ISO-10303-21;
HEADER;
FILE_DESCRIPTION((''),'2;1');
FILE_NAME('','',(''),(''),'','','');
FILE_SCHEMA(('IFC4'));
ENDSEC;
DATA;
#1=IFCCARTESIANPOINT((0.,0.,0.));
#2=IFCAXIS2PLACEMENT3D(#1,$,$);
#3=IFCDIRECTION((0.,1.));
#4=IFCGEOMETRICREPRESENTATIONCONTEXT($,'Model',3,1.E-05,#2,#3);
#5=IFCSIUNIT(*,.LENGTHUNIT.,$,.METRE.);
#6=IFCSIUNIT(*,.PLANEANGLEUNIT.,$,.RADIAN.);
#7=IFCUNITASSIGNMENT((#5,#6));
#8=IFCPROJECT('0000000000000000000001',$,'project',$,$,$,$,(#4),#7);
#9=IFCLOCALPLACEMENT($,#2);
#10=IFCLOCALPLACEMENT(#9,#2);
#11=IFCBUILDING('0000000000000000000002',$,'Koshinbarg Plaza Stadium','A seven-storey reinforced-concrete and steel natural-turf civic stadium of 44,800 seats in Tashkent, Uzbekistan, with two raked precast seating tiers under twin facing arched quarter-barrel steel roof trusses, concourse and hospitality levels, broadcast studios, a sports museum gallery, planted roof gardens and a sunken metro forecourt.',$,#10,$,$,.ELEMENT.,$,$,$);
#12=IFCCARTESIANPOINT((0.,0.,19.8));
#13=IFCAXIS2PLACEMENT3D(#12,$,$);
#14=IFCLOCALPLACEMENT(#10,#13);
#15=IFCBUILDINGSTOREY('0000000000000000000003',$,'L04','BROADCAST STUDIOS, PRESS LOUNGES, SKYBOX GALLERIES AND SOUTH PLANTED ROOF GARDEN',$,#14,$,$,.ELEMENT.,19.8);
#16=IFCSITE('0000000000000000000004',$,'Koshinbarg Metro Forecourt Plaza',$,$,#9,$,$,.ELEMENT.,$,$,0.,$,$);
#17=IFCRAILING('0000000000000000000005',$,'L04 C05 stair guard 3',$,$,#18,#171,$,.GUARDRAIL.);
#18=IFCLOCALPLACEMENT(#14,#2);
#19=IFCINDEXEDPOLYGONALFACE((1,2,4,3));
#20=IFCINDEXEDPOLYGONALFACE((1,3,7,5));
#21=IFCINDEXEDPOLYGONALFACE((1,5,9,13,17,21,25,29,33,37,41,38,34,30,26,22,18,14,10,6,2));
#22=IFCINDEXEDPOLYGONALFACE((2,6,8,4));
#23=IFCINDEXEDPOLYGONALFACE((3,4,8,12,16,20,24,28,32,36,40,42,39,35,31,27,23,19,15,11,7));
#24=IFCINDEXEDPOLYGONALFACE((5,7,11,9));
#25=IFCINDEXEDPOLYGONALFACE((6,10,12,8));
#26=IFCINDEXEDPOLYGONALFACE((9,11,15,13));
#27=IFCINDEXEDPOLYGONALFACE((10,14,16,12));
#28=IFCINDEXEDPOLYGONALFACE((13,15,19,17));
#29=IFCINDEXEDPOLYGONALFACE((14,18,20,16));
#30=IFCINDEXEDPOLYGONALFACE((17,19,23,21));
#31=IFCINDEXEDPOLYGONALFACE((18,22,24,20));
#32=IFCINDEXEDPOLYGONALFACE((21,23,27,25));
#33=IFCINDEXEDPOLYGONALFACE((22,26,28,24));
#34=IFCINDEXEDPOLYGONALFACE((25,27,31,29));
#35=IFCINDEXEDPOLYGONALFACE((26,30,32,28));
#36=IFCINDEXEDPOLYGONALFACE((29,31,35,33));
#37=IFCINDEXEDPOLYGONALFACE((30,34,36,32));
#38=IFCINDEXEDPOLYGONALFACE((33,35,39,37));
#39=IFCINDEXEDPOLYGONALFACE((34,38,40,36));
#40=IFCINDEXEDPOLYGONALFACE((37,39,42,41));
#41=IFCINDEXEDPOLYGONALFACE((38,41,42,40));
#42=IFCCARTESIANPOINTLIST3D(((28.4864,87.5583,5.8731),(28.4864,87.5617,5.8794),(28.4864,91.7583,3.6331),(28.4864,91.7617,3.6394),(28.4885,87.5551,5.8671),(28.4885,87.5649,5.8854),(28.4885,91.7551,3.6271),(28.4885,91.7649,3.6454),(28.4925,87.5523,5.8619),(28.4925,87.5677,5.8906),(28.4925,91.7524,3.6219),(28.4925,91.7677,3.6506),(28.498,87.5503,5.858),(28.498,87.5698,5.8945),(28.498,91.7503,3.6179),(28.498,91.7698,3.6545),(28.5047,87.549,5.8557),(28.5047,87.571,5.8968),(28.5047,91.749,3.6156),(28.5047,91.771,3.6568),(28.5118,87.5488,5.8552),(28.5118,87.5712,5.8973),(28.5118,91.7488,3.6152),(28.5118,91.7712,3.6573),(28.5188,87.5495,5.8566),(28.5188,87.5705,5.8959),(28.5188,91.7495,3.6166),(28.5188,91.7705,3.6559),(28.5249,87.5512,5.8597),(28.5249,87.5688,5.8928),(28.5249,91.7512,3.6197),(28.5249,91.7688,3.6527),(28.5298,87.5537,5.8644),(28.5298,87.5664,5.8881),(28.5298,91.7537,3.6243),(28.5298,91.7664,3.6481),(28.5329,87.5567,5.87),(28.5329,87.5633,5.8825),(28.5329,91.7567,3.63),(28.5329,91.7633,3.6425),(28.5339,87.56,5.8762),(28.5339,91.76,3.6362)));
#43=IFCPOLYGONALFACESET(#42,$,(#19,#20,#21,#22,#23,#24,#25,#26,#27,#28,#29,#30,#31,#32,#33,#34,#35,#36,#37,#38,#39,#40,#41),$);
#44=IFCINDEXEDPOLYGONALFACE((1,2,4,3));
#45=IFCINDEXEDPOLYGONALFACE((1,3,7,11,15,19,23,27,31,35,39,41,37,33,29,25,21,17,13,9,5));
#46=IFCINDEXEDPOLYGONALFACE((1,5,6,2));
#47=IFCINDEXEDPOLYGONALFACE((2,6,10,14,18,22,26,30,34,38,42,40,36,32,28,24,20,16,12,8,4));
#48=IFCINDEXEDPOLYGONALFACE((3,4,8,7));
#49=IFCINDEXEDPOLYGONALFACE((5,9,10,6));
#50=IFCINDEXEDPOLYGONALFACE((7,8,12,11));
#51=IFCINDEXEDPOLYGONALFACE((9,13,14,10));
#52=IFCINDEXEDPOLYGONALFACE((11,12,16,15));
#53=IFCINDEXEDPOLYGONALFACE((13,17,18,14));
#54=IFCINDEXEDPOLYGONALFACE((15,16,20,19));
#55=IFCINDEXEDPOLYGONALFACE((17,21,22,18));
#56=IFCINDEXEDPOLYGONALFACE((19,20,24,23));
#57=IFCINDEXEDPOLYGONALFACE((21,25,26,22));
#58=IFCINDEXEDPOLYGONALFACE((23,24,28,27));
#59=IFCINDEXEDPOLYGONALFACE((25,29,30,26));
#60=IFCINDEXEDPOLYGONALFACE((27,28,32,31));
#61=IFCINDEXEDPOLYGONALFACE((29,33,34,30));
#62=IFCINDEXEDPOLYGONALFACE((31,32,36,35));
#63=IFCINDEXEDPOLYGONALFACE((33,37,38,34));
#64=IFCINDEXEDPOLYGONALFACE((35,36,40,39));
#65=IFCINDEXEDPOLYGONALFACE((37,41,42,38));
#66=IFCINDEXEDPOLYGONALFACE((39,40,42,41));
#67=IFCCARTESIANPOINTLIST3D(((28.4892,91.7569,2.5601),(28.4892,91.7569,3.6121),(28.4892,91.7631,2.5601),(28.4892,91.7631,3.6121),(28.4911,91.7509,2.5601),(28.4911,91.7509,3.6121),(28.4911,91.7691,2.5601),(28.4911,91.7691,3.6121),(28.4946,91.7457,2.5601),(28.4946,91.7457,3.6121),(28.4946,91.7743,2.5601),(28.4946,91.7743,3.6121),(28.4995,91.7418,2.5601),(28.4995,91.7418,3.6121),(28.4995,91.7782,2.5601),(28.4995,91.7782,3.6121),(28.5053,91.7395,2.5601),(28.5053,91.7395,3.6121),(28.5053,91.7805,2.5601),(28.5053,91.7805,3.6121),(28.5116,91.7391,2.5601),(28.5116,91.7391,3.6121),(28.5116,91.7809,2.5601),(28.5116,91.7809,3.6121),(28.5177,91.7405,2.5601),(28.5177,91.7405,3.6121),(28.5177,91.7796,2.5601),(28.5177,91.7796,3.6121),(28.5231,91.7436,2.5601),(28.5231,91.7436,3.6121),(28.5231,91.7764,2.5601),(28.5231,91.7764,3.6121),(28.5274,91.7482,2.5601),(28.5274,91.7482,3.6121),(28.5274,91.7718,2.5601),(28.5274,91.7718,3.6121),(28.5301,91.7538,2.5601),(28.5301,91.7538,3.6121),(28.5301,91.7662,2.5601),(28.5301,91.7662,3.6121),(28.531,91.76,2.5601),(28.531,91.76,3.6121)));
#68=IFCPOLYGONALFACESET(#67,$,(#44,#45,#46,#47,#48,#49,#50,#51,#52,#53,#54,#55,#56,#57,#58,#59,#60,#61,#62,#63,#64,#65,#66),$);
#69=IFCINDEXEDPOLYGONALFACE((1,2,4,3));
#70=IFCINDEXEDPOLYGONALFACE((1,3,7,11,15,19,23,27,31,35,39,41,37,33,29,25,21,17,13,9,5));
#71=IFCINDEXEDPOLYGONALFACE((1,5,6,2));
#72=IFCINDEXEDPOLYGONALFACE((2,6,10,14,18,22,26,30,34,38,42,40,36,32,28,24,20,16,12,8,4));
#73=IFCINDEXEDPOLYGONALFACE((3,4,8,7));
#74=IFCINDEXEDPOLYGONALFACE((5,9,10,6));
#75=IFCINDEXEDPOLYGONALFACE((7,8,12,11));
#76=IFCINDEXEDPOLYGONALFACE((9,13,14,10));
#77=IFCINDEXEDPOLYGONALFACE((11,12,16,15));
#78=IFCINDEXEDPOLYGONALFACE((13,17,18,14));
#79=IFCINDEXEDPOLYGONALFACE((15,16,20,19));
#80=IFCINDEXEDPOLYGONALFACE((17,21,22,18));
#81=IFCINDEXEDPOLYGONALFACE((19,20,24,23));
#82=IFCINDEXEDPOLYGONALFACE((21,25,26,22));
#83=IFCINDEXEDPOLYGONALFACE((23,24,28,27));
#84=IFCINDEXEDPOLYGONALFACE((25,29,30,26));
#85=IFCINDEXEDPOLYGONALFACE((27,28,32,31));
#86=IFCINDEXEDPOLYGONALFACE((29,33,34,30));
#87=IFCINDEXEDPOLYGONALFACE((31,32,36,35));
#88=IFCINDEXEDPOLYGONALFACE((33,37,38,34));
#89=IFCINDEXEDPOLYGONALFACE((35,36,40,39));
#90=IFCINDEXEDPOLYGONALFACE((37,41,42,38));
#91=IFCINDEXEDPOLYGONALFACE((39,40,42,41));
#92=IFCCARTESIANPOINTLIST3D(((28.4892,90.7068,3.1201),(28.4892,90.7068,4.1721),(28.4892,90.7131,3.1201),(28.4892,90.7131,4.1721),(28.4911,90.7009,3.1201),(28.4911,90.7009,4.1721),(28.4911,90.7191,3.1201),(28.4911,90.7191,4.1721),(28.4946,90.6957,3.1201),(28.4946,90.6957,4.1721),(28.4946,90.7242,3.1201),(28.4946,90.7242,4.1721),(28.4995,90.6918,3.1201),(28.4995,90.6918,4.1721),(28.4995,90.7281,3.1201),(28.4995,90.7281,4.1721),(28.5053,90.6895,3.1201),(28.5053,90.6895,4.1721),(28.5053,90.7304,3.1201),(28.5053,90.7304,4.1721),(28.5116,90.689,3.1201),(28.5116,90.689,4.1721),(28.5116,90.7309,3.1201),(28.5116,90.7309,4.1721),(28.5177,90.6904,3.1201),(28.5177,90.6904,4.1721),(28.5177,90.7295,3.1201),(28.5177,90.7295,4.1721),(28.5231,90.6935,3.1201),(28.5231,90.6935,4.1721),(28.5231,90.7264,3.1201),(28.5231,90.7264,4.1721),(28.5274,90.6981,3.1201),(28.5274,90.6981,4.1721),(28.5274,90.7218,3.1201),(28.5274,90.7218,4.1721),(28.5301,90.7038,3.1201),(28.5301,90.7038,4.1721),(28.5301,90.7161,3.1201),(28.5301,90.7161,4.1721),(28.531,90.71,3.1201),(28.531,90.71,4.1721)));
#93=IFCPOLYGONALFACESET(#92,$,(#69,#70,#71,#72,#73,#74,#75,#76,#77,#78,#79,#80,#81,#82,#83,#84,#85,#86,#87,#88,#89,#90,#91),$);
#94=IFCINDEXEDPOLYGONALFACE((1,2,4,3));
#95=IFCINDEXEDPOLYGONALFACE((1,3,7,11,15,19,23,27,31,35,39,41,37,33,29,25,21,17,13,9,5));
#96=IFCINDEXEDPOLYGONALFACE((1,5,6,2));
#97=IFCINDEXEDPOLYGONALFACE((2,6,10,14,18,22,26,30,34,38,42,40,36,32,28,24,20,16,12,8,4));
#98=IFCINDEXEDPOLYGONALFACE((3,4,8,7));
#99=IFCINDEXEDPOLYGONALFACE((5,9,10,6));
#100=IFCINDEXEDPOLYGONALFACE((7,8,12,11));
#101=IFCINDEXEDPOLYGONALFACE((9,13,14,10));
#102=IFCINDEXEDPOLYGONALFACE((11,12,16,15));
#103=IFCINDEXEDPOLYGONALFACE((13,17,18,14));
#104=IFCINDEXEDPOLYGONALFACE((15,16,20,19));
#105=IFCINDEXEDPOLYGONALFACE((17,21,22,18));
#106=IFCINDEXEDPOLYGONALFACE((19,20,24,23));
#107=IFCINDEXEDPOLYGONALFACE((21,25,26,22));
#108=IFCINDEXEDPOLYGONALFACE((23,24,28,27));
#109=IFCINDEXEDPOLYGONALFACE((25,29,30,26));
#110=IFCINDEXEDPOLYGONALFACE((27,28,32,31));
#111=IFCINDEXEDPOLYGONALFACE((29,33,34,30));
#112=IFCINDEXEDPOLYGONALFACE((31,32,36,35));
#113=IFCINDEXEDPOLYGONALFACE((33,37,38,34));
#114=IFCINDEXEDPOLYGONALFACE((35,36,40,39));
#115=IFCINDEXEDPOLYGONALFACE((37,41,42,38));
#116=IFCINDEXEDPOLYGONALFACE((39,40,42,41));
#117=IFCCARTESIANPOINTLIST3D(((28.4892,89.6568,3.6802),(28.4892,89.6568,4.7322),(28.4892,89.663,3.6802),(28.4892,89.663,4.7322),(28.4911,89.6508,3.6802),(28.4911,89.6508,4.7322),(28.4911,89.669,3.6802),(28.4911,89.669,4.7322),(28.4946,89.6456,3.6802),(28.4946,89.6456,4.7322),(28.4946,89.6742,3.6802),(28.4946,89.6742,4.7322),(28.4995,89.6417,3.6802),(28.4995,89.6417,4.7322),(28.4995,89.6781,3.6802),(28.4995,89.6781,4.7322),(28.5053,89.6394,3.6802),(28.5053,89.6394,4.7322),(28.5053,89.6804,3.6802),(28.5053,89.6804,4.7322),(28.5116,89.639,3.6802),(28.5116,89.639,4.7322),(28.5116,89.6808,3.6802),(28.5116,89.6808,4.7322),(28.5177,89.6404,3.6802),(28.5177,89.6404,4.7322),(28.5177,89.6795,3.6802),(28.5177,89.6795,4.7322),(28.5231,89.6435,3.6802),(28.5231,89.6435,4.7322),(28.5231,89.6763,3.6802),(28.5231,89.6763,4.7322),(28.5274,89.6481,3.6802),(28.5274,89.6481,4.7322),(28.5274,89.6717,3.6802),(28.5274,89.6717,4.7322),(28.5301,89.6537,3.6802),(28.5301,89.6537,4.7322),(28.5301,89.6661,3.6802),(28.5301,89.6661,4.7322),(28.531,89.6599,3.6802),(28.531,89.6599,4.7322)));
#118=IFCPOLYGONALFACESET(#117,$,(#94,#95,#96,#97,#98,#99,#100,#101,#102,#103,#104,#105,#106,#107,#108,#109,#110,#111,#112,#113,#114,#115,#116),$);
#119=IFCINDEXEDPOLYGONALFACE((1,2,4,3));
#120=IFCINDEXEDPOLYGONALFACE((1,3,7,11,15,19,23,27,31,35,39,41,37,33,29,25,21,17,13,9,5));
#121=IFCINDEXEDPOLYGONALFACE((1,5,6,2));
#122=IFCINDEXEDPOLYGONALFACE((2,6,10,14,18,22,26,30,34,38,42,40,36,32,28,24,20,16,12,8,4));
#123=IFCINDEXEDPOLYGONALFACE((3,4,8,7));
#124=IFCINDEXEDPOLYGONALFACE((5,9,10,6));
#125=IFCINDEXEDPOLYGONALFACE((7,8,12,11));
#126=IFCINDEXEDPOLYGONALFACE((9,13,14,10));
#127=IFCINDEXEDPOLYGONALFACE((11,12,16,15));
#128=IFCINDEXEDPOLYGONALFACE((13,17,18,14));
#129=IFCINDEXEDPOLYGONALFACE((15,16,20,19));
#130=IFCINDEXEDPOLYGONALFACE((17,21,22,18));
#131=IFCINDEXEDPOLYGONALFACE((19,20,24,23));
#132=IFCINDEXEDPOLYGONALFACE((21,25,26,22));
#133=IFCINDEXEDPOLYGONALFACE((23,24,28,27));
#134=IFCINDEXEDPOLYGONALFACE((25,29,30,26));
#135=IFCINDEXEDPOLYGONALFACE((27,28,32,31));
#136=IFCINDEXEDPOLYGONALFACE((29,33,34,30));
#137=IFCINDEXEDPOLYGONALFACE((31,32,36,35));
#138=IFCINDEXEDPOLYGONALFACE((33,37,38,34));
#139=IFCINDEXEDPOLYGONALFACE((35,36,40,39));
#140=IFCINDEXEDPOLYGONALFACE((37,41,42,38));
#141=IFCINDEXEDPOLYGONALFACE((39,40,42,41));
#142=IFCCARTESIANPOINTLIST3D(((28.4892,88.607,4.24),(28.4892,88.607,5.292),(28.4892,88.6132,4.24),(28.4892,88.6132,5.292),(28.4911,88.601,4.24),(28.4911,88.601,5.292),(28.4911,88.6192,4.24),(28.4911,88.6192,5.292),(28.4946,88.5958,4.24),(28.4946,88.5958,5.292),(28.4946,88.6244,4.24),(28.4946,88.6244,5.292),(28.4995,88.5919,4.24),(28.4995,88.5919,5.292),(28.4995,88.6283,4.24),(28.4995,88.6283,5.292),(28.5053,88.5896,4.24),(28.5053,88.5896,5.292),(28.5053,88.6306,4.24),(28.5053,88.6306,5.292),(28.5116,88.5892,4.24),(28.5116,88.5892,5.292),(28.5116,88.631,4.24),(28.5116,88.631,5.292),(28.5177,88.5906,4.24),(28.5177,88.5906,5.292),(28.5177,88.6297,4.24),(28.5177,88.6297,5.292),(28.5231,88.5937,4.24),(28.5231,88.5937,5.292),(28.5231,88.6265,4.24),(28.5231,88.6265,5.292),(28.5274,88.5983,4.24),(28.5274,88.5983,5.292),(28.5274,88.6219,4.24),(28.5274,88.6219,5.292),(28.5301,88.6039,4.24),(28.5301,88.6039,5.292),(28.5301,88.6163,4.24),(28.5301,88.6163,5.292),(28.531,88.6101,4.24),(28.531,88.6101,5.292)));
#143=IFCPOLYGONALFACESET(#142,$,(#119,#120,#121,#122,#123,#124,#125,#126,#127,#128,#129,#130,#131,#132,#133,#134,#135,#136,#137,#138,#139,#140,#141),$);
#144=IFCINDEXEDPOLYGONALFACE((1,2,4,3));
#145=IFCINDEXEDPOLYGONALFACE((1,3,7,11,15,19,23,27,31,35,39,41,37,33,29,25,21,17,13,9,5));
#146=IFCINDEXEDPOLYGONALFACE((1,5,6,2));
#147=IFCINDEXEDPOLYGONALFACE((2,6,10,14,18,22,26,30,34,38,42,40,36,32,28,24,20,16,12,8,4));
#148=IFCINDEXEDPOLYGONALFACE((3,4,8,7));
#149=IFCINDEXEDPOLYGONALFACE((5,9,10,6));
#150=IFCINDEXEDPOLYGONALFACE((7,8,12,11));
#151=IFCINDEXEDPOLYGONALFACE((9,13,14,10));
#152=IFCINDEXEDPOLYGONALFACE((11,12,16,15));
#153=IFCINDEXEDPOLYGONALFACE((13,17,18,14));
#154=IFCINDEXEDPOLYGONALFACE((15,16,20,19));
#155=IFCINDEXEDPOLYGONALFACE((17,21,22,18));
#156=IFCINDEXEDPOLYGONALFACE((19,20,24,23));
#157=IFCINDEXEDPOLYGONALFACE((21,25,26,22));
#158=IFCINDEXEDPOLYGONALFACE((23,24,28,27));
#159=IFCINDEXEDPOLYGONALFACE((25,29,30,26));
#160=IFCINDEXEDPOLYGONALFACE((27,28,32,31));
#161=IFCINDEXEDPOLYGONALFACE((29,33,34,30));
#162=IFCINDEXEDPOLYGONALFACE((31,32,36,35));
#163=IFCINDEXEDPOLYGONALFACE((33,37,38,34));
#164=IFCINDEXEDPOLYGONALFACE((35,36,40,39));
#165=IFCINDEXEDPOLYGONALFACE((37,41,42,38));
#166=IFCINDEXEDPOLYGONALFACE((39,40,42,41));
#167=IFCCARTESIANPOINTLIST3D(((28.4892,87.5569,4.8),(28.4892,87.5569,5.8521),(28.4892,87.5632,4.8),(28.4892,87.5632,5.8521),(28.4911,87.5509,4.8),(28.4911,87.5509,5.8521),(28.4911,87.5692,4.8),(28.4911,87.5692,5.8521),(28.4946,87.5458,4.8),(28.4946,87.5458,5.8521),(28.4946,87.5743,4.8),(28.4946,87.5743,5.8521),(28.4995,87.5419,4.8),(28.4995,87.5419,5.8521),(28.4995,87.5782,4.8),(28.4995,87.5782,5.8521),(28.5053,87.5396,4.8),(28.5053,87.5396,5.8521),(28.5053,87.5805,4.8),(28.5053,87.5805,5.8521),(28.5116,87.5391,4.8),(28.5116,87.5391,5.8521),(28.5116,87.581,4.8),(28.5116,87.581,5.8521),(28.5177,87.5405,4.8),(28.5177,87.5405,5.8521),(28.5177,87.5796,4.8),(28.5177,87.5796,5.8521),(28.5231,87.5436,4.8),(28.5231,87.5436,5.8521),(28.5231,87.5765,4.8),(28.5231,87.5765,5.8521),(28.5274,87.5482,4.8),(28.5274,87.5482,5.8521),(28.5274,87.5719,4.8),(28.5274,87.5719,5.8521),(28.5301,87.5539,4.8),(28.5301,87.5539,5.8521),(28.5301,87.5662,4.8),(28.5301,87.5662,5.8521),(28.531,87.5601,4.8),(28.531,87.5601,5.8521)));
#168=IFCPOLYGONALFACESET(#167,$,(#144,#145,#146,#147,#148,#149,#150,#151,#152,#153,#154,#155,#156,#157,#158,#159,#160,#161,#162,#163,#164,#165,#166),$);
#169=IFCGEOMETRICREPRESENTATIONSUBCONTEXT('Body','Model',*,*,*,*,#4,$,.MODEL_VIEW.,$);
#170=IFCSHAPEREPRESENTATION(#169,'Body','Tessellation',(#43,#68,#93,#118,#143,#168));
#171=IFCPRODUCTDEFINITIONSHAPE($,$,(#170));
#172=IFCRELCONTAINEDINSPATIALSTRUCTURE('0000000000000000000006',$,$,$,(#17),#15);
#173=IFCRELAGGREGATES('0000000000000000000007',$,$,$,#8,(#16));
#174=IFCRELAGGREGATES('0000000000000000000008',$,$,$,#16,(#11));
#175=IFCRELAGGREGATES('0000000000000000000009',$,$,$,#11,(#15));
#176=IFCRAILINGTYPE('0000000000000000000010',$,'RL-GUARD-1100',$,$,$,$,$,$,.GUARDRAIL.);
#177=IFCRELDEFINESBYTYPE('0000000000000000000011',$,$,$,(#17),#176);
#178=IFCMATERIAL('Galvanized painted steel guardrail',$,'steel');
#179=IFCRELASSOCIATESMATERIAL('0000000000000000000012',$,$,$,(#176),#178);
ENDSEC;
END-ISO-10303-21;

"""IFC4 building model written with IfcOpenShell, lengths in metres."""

from ifc_helpers import new_model, si_unit, direction, frame, origin, origin_2d, place, context, subcontext, project, spatial, circle, extrude, material, type_object, element, save


model = new_model("IFC4")

# Units and contexts
model_context = context("Model", 3, precision=1e-05, world=origin(), true_north=direction((0.0, 1.0)))
body_context = subcontext(model_context, "Body", "Model", "MODEL_VIEW")
ifc_project = project(units=[si_unit("LENGTHUNIT", "METRE"), si_unit("PLANEANGLEUNIT", "RADIAN")], contexts=[model_context])

# Site, building, storey
site_placement = place(None, origin())
site = spatial("IfcSite", under=ifc_project, at=site_placement, Name="Koshinbarg Metro Forecourt Plaza", CompositionType="ELEMENT", RefElevation=0.0)
building_placement = place(site_placement, origin())
building = spatial("IfcBuilding", under=site, at=building_placement, Name="Koshinbarg Plaza Stadium", Description="A seven-storey reinforced-concrete and steel natural-turf civic stadium of 44,800 seats in Tashkent, Uzbekistan, with two raked precast seating tiers under twin facing arched quarter-barrel steel roof trusses, concourse and hospitality levels, broadcast studios, a sports museum gallery, planted roof gardens and a sunken metro forecourt.", CompositionType="ELEMENT")
storey_placement = place(building_placement, frame((0.0, 0.0, 19.8)))
storey = spatial("IfcBuildingStorey", under=building, at=storey_placement, Name="L04", Description="BROADCAST STUDIOS, PRESS LOUNGES, SKYBOX GALLERIES AND SOUTH PLANTED ROOF GARDEN", CompositionType="ELEMENT", Elevation=19.8)

# Railing
ifc_material_1 = material(Name="Galvanized painted steel guardrail", Category="steel")
railing_type_1 = type_object("IfcRailingType", Name="RL-GUARD-1100", PredefinedType="GUARDRAIL", material=ifc_material_1)
railing_1_placement = place(storey_placement, frame((28.51, 91.76, 2.5601)))
element("IfcRailing", 1, at=railing_1_placement, inside=storey, type_object=railing_type_1, Name="L04 C05 stair guard 3", PredefinedType="GUARDRAIL", context=body_context, shape_type="SweptSolid", body=[
    extrude(circle(Radius=0.0239, at=origin_2d()), frame((0.0, 0.0, 1.0762), z_axis=(0.0, -0.882352, 0.470591), x_axis=(1.0, 0.0, 0.0)), (0.0, 0.0, 1.0), 4.76),
    extrude(circle(Radius=0.021, at=origin_2d()), origin(), (0.0, 0.0, 1.0), 1.052),
    extrude(circle(Radius=0.021, at=origin_2d()), frame((0.0, -1.05, 0.5601)), (0.0, 0.0, 1.0), 1.052),
    extrude(circle(Radius=0.021, at=origin_2d()), frame((0.0, -2.1001, 1.1201)), (0.0, 0.0, 1.0), 1.052),
    extrude(circle(Radius=0.021, at=origin_2d()), frame((0.0, -3.1499, 1.6799)), (0.0, 0.0, 1.0), 1.052),
    extrude(circle(Radius=0.021, at=origin_2d()), frame((0.0, -4.2, 2.24)), (0.0, 0.0, 1.0), 1.052),
])

save(model, "model.ifc")
